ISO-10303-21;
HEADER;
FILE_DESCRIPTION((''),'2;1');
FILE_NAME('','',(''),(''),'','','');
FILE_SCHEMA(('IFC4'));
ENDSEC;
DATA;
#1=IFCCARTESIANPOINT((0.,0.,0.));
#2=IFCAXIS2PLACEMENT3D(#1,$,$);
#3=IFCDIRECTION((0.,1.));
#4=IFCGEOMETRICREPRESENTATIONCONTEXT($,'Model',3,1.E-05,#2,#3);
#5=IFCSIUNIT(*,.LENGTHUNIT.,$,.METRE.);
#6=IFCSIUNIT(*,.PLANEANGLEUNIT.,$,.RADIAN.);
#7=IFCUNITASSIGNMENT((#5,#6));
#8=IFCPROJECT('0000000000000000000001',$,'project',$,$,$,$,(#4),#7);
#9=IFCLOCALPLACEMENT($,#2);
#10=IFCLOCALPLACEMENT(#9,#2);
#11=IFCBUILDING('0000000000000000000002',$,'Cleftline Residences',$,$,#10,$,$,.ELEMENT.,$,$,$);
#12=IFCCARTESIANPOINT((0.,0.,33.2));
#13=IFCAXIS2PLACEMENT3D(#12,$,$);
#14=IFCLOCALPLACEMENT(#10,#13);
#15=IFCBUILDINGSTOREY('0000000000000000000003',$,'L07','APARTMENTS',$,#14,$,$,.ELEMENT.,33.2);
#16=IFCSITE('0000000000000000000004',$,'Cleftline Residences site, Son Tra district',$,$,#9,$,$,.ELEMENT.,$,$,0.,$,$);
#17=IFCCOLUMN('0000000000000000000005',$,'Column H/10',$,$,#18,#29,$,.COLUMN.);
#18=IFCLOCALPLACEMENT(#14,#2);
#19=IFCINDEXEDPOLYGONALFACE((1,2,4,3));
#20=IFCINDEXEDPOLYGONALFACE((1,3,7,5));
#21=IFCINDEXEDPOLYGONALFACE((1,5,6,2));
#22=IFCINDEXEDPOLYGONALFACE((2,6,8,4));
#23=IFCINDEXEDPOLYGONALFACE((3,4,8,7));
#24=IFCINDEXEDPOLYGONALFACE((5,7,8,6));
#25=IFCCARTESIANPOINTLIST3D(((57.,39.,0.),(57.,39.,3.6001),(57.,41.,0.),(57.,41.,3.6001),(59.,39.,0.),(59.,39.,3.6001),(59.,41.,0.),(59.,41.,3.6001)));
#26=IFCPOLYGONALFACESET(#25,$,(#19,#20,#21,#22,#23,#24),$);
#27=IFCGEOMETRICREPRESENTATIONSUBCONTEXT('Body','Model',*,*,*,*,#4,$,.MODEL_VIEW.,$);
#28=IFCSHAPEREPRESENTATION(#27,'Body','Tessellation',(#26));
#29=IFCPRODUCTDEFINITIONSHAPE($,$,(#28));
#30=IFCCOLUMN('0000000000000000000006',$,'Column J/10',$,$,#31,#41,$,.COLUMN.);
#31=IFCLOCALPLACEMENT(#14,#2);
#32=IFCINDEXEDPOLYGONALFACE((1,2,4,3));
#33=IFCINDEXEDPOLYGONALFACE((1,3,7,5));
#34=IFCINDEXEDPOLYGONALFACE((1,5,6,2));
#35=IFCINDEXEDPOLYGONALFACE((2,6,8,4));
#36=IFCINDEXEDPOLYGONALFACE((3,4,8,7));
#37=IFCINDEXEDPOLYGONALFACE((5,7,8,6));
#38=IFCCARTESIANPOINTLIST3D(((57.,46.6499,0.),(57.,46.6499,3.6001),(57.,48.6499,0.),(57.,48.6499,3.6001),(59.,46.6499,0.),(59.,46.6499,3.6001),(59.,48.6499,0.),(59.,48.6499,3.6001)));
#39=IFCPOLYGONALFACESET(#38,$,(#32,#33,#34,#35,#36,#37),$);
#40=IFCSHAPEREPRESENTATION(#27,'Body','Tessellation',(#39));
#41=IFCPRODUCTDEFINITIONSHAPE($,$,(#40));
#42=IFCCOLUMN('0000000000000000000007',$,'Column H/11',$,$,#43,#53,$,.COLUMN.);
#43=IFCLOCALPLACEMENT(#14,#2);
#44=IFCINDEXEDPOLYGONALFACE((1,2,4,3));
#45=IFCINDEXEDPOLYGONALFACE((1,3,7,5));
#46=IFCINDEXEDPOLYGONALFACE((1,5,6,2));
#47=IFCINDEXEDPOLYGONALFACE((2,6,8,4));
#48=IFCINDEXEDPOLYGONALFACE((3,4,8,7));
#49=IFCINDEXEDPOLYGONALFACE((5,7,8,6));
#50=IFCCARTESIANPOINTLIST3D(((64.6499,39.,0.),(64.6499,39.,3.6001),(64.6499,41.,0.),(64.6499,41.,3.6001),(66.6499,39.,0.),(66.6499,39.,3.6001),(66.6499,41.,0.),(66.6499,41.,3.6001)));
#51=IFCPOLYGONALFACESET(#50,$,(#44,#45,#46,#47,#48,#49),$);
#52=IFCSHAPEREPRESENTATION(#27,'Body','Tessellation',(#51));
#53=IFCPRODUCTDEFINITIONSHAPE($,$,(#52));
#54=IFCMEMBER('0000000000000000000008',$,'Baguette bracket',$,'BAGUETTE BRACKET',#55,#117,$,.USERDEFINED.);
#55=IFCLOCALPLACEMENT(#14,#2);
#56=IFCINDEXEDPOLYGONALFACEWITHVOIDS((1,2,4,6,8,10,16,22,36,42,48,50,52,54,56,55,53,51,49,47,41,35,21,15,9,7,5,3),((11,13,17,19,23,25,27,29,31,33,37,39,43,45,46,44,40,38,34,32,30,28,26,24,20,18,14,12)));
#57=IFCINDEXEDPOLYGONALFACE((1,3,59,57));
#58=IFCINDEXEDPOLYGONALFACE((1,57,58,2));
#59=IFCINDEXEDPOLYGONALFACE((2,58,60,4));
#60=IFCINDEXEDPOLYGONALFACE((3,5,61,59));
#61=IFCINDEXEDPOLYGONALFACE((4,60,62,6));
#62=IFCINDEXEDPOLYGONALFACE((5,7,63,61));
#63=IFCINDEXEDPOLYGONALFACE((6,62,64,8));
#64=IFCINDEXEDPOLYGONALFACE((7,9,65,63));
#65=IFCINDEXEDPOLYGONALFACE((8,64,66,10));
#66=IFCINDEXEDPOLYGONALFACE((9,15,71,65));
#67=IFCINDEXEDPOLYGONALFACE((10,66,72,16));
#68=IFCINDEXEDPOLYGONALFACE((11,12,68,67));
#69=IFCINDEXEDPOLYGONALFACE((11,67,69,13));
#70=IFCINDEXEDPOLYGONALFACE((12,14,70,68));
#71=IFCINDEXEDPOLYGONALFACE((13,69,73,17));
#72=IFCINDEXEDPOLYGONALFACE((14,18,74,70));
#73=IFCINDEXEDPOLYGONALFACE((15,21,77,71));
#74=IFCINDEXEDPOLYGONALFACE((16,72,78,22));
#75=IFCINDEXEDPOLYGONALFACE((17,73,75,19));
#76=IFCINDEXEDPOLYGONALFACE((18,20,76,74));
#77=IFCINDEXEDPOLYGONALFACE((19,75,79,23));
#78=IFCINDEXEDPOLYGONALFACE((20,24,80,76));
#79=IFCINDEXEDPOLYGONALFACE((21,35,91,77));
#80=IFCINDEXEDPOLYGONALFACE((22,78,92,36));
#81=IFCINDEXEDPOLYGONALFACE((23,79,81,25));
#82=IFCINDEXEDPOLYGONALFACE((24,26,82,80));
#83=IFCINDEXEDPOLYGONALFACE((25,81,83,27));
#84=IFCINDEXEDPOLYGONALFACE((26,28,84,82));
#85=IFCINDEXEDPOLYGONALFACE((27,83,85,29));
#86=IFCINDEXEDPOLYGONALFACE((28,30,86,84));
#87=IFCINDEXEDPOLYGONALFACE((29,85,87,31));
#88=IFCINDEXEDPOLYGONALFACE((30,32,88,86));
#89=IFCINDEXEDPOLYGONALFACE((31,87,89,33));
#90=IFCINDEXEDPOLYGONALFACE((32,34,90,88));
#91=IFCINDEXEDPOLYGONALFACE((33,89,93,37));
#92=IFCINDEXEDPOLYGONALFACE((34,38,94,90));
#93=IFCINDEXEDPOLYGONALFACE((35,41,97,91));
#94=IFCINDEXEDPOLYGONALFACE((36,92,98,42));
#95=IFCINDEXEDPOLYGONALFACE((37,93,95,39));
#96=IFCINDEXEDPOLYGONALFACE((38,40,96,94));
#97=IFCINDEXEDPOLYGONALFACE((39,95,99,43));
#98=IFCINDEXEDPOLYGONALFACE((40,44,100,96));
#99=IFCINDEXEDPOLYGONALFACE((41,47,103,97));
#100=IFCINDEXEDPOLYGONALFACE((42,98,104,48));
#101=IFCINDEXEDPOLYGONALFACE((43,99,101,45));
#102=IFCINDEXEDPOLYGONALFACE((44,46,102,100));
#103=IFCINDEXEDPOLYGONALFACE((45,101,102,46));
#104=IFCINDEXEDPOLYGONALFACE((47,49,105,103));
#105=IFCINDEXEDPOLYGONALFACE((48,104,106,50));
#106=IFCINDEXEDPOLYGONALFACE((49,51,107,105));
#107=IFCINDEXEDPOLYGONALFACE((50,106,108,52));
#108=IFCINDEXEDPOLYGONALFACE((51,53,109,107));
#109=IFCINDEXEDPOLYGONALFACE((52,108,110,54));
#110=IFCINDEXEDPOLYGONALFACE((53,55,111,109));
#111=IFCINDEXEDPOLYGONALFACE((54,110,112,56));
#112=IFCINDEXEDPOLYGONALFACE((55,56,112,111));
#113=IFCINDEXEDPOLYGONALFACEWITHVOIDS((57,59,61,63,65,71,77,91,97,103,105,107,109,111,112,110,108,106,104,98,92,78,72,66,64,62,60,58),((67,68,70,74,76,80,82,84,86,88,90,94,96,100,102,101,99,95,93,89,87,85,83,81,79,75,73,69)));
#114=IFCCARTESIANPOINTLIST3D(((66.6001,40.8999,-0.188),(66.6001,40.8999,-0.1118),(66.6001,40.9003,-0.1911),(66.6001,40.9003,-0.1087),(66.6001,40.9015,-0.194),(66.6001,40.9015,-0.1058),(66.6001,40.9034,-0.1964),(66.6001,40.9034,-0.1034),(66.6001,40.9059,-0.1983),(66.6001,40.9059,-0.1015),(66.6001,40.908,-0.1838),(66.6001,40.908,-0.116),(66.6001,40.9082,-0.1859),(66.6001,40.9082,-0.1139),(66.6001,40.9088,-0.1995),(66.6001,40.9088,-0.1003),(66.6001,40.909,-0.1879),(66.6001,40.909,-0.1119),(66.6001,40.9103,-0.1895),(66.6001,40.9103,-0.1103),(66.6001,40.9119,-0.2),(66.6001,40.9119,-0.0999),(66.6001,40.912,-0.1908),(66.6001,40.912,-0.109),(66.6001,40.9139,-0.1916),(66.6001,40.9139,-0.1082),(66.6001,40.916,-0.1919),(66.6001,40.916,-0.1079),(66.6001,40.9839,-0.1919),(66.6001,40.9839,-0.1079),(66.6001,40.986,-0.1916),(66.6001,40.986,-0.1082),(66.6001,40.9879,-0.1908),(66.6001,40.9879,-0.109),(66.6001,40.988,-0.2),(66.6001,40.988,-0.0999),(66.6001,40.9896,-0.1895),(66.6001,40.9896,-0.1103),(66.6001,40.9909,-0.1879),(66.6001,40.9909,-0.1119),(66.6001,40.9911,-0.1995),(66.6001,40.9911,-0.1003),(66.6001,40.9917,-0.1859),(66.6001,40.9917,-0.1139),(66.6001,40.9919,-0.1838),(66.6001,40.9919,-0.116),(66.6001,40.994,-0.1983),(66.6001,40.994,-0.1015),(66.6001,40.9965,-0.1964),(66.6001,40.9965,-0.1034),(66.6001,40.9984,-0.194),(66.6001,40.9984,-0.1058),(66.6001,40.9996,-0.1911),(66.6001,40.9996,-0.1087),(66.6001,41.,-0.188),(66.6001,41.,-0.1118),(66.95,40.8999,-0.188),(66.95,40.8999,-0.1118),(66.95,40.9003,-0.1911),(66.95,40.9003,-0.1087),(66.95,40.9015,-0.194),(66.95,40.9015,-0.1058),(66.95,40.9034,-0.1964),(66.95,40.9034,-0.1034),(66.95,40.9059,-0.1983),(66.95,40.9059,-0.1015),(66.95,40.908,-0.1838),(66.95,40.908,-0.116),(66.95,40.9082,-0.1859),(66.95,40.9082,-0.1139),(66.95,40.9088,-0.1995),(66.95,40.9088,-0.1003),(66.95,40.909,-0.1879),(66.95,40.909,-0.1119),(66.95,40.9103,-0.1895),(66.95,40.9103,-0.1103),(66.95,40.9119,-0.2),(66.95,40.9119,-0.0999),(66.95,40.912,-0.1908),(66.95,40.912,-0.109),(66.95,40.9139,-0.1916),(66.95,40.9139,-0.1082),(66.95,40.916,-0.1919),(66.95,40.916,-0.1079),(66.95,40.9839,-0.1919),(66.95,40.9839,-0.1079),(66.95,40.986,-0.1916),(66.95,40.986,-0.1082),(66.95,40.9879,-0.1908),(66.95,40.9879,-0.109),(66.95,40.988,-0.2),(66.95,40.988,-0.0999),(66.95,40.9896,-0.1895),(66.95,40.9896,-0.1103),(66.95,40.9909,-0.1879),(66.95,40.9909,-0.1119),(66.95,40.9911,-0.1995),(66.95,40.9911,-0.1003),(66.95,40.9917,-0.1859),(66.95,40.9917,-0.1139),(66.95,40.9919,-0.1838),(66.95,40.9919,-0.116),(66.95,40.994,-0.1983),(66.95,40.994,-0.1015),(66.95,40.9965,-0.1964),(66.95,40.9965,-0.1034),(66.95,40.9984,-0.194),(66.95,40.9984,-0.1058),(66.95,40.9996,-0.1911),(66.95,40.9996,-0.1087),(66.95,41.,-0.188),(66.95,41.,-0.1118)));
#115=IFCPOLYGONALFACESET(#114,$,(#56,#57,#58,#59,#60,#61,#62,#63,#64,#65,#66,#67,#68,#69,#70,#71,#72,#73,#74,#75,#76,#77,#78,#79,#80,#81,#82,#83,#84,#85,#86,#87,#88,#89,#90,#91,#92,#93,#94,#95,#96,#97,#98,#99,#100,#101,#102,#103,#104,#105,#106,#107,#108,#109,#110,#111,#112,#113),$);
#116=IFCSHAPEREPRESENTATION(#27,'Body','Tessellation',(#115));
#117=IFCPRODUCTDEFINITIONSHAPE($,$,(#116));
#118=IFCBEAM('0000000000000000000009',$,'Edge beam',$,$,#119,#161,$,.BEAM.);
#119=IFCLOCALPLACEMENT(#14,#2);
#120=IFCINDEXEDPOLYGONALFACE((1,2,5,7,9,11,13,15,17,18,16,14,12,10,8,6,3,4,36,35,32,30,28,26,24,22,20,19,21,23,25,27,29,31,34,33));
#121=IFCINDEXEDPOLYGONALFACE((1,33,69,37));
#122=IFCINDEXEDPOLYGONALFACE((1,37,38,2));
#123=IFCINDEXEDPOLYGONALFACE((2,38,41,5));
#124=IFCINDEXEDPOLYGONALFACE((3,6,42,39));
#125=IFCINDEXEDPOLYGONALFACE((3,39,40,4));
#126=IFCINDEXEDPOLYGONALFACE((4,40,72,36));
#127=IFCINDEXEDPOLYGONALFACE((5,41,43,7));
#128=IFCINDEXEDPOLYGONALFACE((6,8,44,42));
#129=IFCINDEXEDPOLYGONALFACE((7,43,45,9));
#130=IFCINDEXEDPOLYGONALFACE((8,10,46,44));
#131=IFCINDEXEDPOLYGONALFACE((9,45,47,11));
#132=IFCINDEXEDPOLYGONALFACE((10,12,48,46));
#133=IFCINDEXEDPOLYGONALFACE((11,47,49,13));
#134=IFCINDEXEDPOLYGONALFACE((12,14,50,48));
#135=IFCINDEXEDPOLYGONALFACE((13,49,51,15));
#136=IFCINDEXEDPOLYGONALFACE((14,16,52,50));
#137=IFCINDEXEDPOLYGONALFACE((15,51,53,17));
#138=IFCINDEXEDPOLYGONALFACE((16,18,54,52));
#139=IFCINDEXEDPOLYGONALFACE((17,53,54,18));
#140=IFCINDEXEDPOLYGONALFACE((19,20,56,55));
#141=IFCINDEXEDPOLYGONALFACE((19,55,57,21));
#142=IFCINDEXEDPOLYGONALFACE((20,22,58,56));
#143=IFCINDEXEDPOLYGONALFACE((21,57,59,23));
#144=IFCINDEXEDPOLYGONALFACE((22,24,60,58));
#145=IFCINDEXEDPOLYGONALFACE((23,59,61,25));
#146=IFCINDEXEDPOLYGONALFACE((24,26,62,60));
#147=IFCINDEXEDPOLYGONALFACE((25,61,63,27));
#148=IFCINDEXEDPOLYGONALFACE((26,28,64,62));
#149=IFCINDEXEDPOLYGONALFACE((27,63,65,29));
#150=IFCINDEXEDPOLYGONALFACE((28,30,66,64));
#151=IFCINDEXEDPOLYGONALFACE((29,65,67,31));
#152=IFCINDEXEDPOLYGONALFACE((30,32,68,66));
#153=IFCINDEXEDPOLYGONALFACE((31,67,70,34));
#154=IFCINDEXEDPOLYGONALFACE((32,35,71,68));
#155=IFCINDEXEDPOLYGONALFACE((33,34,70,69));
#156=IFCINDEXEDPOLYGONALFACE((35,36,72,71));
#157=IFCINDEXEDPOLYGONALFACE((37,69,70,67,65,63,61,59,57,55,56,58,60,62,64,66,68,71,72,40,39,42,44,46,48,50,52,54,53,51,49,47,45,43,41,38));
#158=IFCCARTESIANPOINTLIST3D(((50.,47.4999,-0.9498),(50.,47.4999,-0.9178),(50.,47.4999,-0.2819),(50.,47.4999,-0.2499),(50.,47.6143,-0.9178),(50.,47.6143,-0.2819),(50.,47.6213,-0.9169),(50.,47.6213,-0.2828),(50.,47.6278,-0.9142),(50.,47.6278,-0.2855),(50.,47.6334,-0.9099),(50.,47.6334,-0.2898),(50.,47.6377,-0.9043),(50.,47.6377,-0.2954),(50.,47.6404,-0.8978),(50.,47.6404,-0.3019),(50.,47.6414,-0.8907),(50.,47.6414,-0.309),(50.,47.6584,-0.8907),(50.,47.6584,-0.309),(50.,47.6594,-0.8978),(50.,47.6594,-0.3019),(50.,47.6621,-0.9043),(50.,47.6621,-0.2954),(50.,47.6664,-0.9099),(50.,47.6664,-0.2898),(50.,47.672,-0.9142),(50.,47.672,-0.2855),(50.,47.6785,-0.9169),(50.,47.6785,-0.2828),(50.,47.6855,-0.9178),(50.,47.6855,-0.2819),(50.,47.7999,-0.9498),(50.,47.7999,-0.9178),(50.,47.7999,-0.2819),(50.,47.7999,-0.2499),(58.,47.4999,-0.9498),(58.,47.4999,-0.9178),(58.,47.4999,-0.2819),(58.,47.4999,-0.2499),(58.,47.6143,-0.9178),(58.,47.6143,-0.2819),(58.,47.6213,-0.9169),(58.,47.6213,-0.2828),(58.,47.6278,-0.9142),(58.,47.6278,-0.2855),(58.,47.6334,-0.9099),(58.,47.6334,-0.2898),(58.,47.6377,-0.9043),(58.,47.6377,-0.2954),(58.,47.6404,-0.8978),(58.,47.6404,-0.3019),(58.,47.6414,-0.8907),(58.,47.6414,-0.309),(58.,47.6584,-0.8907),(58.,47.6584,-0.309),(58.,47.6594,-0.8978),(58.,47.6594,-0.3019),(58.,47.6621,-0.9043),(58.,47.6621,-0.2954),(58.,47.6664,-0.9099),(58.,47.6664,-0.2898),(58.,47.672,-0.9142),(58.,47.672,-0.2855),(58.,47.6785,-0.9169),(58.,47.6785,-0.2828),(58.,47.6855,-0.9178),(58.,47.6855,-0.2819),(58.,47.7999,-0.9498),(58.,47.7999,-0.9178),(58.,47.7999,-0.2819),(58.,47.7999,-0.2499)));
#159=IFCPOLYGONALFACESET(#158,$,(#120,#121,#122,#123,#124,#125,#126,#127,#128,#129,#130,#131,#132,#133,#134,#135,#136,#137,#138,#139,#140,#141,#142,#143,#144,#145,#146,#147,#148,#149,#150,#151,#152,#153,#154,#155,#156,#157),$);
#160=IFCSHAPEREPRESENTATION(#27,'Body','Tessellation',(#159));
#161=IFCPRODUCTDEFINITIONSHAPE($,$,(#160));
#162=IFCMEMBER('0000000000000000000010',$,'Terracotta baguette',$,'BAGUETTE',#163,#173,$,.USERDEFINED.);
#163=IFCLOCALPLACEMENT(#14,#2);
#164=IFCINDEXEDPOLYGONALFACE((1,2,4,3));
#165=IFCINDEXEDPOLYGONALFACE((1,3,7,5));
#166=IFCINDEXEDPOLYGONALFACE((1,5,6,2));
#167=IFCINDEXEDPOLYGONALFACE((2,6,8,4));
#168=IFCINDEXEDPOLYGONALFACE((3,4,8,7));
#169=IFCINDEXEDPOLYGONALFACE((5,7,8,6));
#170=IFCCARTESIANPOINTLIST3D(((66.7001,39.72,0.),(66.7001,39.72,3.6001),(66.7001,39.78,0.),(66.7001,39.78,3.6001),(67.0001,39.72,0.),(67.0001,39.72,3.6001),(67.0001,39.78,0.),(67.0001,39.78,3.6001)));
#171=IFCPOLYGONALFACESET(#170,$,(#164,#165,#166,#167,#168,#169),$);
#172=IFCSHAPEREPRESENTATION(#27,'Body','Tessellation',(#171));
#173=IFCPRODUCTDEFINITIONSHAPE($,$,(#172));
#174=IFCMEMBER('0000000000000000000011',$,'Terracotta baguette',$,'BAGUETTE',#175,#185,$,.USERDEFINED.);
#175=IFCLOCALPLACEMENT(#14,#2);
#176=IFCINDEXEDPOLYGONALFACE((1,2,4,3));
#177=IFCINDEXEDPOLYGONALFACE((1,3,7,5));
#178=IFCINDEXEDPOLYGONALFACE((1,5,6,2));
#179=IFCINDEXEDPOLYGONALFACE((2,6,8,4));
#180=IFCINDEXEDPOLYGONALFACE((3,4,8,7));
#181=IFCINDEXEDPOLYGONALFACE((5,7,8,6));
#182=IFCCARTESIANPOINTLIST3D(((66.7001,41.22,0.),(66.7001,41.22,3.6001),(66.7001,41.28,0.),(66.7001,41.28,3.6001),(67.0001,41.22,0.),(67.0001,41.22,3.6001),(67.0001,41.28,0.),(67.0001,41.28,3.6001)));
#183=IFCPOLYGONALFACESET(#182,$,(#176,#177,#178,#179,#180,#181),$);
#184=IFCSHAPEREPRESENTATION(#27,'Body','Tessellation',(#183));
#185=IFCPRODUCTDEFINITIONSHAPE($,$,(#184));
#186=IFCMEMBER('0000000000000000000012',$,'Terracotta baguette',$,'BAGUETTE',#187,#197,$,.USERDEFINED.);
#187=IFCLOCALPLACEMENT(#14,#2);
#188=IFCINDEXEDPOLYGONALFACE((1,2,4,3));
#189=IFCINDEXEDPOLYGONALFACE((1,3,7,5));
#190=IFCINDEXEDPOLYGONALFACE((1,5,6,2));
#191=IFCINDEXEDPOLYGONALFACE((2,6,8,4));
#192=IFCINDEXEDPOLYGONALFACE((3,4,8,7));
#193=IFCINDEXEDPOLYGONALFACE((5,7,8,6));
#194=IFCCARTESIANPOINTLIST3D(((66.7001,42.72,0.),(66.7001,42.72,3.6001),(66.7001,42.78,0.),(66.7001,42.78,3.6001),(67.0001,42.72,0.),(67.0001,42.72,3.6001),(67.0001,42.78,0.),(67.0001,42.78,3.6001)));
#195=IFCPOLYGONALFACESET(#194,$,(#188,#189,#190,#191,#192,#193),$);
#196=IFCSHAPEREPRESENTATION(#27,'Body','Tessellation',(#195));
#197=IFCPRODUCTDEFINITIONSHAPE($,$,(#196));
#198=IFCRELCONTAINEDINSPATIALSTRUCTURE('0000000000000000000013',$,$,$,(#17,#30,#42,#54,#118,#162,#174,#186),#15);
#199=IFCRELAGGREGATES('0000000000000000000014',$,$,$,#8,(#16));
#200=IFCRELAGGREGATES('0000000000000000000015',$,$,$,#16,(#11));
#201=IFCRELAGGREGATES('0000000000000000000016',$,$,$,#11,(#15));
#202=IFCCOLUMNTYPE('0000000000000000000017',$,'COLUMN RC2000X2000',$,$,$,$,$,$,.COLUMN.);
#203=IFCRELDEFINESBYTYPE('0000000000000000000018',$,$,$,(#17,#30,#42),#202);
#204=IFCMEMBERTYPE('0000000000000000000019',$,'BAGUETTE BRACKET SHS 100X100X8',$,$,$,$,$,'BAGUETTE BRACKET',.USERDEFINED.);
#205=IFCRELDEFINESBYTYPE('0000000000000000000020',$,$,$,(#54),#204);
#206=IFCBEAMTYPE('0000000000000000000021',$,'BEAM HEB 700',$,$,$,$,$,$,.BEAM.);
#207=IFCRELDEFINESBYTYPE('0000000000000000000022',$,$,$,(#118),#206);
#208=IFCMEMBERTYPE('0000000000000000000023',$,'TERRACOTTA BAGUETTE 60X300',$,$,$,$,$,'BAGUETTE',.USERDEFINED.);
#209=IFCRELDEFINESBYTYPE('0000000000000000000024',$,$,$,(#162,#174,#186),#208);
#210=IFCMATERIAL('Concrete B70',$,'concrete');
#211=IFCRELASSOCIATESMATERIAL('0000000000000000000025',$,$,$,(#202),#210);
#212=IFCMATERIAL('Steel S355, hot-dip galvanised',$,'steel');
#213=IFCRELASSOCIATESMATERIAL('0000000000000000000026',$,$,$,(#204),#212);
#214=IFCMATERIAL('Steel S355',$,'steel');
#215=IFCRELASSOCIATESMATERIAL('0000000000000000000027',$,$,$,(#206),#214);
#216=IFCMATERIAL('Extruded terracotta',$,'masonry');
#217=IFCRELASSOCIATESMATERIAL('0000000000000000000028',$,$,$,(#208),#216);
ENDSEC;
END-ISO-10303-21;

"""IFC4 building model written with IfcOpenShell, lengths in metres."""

from ifc_helpers import new_model, si_unit, direction, frame, origin, origin_2d, place, context, subcontext, project, spatial, rectangle, hollow_rectangle, i_section, extrude, material, material_profile, profile_set, type_object, element, save


model = new_model("IFC4")

# Units and contexts
model_context = context("Model", 3, precision=1e-05, world=origin(), true_north=direction((0.0, 1.0)))
body_context = subcontext(model_context, "Body", "Model", "MODEL_VIEW")
ifc_project = project(units=[si_unit("LENGTHUNIT", "METRE"), si_unit("PLANEANGLEUNIT", "RADIAN")], contexts=[model_context])

# Site, building, storey
site_placement = place(None, origin())
site = spatial("IfcSite", under=ifc_project, at=site_placement, Name="Cleftline Residences site, Son Tra district", CompositionType="ELEMENT", RefElevation=0.0)
building_placement = place(site_placement, origin())
building = spatial("IfcBuilding", under=site, at=building_placement, Name="Cleftline Residences", CompositionType="ELEMENT")
storey_placement = place(building_placement, frame((0.0, 0.0, 33.2)))
storey = spatial("IfcBuildingStorey", under=building, at=storey_placement, Name="L07", Description="APARTMENTS", CompositionType="ELEMENT", Elevation=33.2)

# Columns
ifc_material_1 = material(Name="Concrete B70", Category="concrete")
ifc_material_profile_1 = material_profile(ifc_material_1, rectangle(XDim=2.0, YDim=2.0, at=origin_2d()))
ifc_profile_set_1 = profile_set([ifc_material_profile_1], Name="Concrete B70")
column_type = type_object("IfcColumnType", Name="COLUMN RC2000X2000", PredefinedType="COLUMN", material=ifc_profile_set_1)
for number, where, z_axis, x_axis, name in (
    (1, (58.0, 40.0, 0.0), (0.0, 0.0, 1.0), (1.0, 0.0, 0.0), "Column H/10"),
    (2, (58.0, 47.6499, 0.0), (0.0, 0.0, 1.0), (1.0, 0.0, 0.0), "Column J/10"),
    (3, (65.6499, 40.0, 0.0), (0.0, 0.0, 1.0), (1.0, 0.0, 0.0), "Column H/11"),
):
    element("IfcColumn", number, at=place(storey_placement, frame(where, z_axis=z_axis, x_axis=x_axis)), inside=storey, type_object=column_type, Name=name, PredefinedType="COLUMN", context=body_context, shape_type="SweptSolid", body=[
        extrude(rectangle(XDim=2.0, YDim=2.0, at=origin_2d()), origin(), (0.0, 0.0, 1.0), 3.6001),
    ])

# Member
ifc_material_2 = material(Name="Steel S355, hot-dip galvanised", Category="steel")
ifc_material_profile_2 = material_profile(ifc_material_2, hollow_rectangle(XDim=0.1001, YDim=0.1001, WallThickness=0.0081, InnerFilletRadius=0.0081, OuterFilletRadius=0.012, at=origin_2d()))
ifc_profile_set_2 = profile_set([ifc_material_profile_2], Name="Steel S355, hot-dip galvanised")
member_type_1 = type_object("IfcMemberType", Name="BAGUETTE BRACKET SHS 100X100X8", ElementType="BAGUETTE BRACKET", PredefinedType="USERDEFINED", material=ifc_profile_set_2)
member_placement = place(storey_placement, frame((66.6001, 40.95, -0.1499), z_axis=(1.0, 0.0, 0.0), x_axis=(0.0, 1.0, 0.0)))
element("IfcMember", 4, at=member_placement, inside=storey, type_object=member_type_1, Name="Baguette bracket", ObjectType="BAGUETTE BRACKET", PredefinedType="USERDEFINED", context=body_context, shape_type="SweptSolid", body=[
    extrude(hollow_rectangle(XDim=0.1001, YDim=0.1001, WallThickness=0.0081, InnerFilletRadius=0.0081, OuterFilletRadius=0.012, at=origin_2d()), origin(), (0.0, 0.0, 1.0), 0.3499),
])

# Beam
ifc_material_3 = material(Name="Steel S355", Category="steel")
ifc_material_profile_3 = material_profile(ifc_material_3, i_section(OverallWidth=0.3, OverallDepth=0.7, WebThickness=0.0171, FlangeThickness=0.032, FilletRadius=0.0271, at=origin_2d()))
ifc_profile_set_3 = profile_set([ifc_material_profile_3], Name="Steel S355")
beam_type = type_object("IfcBeamType", Name="BEAM HEB 700", PredefinedType="BEAM", material=ifc_profile_set_3)
beam_placement = place(storey_placement, frame((58.0, 47.6499, -0.5999), z_axis=(-1.0, 0.0, 0.0), x_axis=(0.0, -1.0, 0.0)))
element("IfcBeam", 5, at=beam_placement, inside=storey, type_object=beam_type, Name="Edge beam", PredefinedType="BEAM", context=body_context, shape_type="SweptSolid", body=[
    extrude(i_section(OverallWidth=0.3, OverallDepth=0.7, WebThickness=0.0171, FlangeThickness=0.032, FilletRadius=0.0271, at=origin_2d()), origin(), (0.0, 0.0, 1.0), 8.0),
])

# Members
ifc_material_4 = material(Name="Extruded terracotta", Category="masonry")
ifc_material_profile_4 = material_profile(ifc_material_4, rectangle(XDim=0.0601, YDim=0.3, at=origin_2d()))
ifc_profile_set_4 = profile_set([ifc_material_profile_4], Name="Extruded terracotta")
member_type_2 = type_object("IfcMemberType", Name="TERRACOTTA BAGUETTE 60X300", ElementType="BAGUETTE", PredefinedType="USERDEFINED", material=ifc_profile_set_4)
for number, where, z_axis, x_axis, name in (
    (6, (66.8501, 39.75, 0.0), (0.0, 0.0, 1.0), (0.0, 1.0, 0.0), "Terracotta baguette"),
    (7, (66.8501, 41.25, 0.0), (0.0, 0.0, 1.0), (0.0, 1.0, 0.0), "Terracotta baguette"),
    (8, (66.8501, 42.75, 0.0), (0.0, 0.0, 1.0), (0.0, 1.0, 0.0), "Terracotta baguette"),
):
    element("IfcMember", number, at=place(storey_placement, frame(where, z_axis=z_axis, x_axis=x_axis)), inside=storey, type_object=member_type_2, Name=name, ObjectType="BAGUETTE", PredefinedType="USERDEFINED", context=body_context, shape_type="SweptSolid", body=[
        extrude(rectangle(XDim=0.0601, YDim=0.3, at=origin_2d()), origin(), (0.0, 0.0, 1.0), 3.6001),
    ])

save(model, "model.ifc")
